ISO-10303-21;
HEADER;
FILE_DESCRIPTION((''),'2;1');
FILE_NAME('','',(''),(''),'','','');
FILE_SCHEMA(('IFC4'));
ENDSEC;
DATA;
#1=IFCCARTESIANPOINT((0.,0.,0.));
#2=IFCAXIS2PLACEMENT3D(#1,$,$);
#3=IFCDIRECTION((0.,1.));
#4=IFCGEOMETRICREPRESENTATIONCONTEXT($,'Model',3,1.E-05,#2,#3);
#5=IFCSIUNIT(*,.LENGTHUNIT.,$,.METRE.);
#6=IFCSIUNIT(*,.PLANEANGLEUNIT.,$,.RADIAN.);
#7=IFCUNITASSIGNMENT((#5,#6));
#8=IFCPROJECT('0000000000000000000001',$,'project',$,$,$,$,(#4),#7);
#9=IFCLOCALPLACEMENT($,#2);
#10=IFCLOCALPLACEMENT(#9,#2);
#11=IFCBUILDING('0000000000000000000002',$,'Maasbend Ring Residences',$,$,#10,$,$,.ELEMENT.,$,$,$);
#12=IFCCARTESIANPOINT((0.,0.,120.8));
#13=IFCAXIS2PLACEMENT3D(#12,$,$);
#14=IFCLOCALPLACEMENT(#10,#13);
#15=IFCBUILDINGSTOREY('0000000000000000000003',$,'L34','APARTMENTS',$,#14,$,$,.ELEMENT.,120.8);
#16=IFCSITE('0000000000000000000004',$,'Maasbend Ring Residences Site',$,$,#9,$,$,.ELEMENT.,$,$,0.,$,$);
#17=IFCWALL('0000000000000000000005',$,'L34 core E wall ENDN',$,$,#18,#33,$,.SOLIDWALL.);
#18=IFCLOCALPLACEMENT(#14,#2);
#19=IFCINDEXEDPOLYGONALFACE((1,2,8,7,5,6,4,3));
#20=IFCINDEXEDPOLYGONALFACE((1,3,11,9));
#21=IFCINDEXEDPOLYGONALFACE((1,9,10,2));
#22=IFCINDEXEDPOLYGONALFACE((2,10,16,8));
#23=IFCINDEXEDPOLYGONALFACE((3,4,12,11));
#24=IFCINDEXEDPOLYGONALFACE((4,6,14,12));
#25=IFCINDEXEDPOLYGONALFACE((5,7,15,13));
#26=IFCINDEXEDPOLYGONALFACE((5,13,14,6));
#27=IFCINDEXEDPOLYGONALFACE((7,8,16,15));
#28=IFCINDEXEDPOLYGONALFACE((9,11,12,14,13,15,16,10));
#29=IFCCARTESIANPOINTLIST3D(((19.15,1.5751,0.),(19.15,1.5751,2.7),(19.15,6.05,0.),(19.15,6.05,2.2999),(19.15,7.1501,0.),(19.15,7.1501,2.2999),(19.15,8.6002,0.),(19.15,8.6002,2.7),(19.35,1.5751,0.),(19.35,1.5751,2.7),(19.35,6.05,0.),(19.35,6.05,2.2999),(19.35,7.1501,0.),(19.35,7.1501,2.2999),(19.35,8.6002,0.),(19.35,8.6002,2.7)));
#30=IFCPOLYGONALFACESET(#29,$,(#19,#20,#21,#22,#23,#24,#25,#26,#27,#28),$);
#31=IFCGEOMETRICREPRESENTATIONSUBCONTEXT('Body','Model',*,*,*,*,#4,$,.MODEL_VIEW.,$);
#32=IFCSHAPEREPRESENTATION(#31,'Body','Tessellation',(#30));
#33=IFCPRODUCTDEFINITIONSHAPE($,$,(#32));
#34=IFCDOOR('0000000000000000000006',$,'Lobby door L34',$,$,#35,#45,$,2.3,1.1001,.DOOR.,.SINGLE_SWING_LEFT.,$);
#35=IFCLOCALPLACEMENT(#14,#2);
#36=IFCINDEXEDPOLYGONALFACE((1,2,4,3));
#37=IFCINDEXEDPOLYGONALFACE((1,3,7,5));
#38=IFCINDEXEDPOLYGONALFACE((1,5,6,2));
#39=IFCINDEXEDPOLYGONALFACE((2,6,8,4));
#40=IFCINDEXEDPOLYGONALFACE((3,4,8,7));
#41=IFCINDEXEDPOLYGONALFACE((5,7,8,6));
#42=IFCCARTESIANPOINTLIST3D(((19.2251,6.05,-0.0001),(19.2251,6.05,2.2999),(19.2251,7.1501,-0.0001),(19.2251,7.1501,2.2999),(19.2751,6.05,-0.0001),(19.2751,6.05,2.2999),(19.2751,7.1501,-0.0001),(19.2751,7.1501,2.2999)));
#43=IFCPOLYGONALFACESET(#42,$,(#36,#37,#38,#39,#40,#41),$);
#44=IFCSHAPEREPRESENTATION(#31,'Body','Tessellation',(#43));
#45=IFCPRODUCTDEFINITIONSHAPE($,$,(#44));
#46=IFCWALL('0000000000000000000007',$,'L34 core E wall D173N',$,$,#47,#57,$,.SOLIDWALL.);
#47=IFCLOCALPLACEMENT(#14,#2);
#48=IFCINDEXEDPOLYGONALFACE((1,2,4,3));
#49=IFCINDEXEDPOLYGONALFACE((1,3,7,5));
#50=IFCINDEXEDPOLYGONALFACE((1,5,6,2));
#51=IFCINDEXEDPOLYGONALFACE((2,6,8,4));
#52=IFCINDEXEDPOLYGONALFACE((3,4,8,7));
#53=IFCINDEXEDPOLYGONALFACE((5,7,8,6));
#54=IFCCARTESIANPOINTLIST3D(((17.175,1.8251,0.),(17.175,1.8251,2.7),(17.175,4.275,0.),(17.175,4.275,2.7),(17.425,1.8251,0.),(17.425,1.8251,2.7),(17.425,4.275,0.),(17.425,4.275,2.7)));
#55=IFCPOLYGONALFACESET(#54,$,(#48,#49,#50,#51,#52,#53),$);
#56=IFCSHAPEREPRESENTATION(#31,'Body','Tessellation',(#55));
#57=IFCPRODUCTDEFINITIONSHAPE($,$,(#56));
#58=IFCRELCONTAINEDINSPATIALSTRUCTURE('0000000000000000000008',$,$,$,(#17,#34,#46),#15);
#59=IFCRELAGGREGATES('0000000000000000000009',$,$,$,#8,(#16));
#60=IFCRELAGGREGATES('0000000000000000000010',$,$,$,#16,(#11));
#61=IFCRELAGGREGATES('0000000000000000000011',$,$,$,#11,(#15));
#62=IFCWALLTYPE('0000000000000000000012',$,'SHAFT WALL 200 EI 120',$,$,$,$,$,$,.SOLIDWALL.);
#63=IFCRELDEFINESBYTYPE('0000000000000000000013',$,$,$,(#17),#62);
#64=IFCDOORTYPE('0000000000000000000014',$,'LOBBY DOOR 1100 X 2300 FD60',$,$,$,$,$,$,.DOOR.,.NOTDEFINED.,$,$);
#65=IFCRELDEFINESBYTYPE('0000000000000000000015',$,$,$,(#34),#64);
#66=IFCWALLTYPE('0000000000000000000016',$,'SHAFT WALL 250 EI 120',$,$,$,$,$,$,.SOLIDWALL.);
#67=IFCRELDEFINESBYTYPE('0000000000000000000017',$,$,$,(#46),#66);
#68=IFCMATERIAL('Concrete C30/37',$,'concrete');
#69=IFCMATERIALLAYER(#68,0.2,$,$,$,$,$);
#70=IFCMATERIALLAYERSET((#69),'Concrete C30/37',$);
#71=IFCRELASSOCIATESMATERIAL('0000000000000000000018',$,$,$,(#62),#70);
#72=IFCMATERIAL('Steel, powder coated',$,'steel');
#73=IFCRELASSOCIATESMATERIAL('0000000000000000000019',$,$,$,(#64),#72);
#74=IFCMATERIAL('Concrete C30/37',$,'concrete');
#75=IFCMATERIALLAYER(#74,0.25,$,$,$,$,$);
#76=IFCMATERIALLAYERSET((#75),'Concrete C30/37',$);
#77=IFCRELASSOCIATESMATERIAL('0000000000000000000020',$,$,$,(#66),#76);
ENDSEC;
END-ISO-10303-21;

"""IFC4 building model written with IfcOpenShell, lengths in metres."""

from ifc_helpers import new_model, si_unit, direction, frame, frame_2d, origin, place, context, subcontext, project, spatial, rectangle, extrude, material, layer, layer_set, type_object, element, fill, save


model = new_model("IFC4")

# Units and contexts
model_context = context("Model", 3, precision=1e-05, world=origin(), true_north=direction((0.0, 1.0)))
body_context = subcontext(model_context, "Body", "Model", "MODEL_VIEW")
ifc_project = project(units=[si_unit("LENGTHUNIT", "METRE"), si_unit("PLANEANGLEUNIT", "RADIAN")], contexts=[model_context])

# Site, building, storey
site_placement = place(None, origin())
site = spatial("IfcSite", under=ifc_project, at=site_placement, Name="Maasbend Ring Residences Site", CompositionType="ELEMENT", RefElevation=0.0)
building_placement = place(site_placement, origin())
building = spatial("IfcBuilding", under=site, at=building_placement, Name="Maasbend Ring Residences", CompositionType="ELEMENT")
storey_placement = place(building_placement, frame((0.0, 0.0, 120.8)))
storey = spatial("IfcBuildingStorey", under=building, at=storey_placement, Name="L34", Description="APARTMENTS", CompositionType="ELEMENT", Elevation=120.8)

# Wall, opening, door
ifc_material_1 = material(Name="Concrete C30/37", Category="concrete")
ifc_layer_1 = layer(ifc_material_1, 0.2)
ifc_layer_set_1 = layer_set([ifc_layer_1], Name="Concrete C30/37")
wall_type_1 = type_object("IfcWallType", Name="SHAFT WALL 200 EI 120", PredefinedType="SOLIDWALL", material=ifc_layer_set_1)
wall_1_placement = place(storey_placement, frame((19.25, 1.575, 0.0), z_axis=(0.0, 0.0, 1.0), x_axis=(0.0, 1.0, 0.0)))
wall_1 = element("IfcWall", 1, at=wall_1_placement, inside=storey, type_object=wall_type_1, Name="L34 core E wall ENDN", PredefinedType="SOLIDWALL", context=body_context, shape_type="SweptSolid", body=[
    extrude(rectangle(XDim=7.0251, YDim=0.2, at=frame_2d((3.5127, 0.0))), origin(), (0.0, 0.0, 1.0), 2.7),
])
opening_1_placement = place(wall_1_placement, frame((4.4751, 0.0, 0.0)))
opening_1 = element("IfcOpeningElement", 2, at=opening_1_placement, cuts=wall_1, PredefinedType="OPENING", context=body_context, shape_type="SweptSolid", body=[
    extrude(rectangle(XDim=1.1001, YDim=2.3, at=frame_2d((0.55, 1.1499))), frame((0.0, 0.1099, 0.0), z_axis=(0.0, -1.0, 0.0), x_axis=(1.0, 0.0, 0.0)), (0.0, 0.0, 1.0), 0.22),
])
ifc_material_2 = material(Name="Steel, powder coated", Category="steel")
door_type_1 = type_object("IfcDoorType", Name="LOBBY DOOR 1100 X 2300 FD60", OperationType="NOTDEFINED", PredefinedType="DOOR", material=ifc_material_2)
door_1_placement = place(opening_1_placement, origin())
door_1 = element("IfcDoor", 3, at=door_1_placement, inside=storey, type_object=door_type_1, Name="Lobby door L34", OperationType="SINGLE_SWING_LEFT", OverallHeight=2.3, OverallWidth=1.1001, PredefinedType="DOOR", context=body_context, shape_type="SweptSolid", body=[
    extrude(rectangle(XDim=1.1001, YDim=2.3, at=frame_2d((0.55, 1.1499))), frame((0.0, 0.0249, 0.0), z_axis=(0.0, -1.0, 0.0), x_axis=(1.0, 0.0, 0.0)), (0.0, 0.0, 1.0), 0.05),
])
fill(opening_1, door_1)

# Wall
ifc_material_3 = material(Name="Concrete C30/37", Category="concrete")
ifc_layer_2 = layer(ifc_material_3, 0.25)
ifc_layer_set_2 = layer_set([ifc_layer_2], Name="Concrete C30/37")
wall_type_2 = type_object("IfcWallType", Name="SHAFT WALL 250 EI 120", PredefinedType="SOLIDWALL", material=ifc_layer_set_2)
wall_2_placement = place(storey_placement, frame((17.3, 1.825, 0.0), z_axis=(0.0, 0.0, 1.0), x_axis=(0.0, 1.0, 0.0)))
element("IfcWall", 4, at=wall_2_placement, inside=storey, type_object=wall_type_2, Name="L34 core E wall D173N", PredefinedType="SOLIDWALL", context=body_context, shape_type="SweptSolid", body=[
    extrude(rectangle(XDim=2.45, YDim=0.25, at=frame_2d((1.2251, 0.0))), origin(), (0.0, 0.0, 1.0), 2.7),
])

save(model, "model.ifc")
